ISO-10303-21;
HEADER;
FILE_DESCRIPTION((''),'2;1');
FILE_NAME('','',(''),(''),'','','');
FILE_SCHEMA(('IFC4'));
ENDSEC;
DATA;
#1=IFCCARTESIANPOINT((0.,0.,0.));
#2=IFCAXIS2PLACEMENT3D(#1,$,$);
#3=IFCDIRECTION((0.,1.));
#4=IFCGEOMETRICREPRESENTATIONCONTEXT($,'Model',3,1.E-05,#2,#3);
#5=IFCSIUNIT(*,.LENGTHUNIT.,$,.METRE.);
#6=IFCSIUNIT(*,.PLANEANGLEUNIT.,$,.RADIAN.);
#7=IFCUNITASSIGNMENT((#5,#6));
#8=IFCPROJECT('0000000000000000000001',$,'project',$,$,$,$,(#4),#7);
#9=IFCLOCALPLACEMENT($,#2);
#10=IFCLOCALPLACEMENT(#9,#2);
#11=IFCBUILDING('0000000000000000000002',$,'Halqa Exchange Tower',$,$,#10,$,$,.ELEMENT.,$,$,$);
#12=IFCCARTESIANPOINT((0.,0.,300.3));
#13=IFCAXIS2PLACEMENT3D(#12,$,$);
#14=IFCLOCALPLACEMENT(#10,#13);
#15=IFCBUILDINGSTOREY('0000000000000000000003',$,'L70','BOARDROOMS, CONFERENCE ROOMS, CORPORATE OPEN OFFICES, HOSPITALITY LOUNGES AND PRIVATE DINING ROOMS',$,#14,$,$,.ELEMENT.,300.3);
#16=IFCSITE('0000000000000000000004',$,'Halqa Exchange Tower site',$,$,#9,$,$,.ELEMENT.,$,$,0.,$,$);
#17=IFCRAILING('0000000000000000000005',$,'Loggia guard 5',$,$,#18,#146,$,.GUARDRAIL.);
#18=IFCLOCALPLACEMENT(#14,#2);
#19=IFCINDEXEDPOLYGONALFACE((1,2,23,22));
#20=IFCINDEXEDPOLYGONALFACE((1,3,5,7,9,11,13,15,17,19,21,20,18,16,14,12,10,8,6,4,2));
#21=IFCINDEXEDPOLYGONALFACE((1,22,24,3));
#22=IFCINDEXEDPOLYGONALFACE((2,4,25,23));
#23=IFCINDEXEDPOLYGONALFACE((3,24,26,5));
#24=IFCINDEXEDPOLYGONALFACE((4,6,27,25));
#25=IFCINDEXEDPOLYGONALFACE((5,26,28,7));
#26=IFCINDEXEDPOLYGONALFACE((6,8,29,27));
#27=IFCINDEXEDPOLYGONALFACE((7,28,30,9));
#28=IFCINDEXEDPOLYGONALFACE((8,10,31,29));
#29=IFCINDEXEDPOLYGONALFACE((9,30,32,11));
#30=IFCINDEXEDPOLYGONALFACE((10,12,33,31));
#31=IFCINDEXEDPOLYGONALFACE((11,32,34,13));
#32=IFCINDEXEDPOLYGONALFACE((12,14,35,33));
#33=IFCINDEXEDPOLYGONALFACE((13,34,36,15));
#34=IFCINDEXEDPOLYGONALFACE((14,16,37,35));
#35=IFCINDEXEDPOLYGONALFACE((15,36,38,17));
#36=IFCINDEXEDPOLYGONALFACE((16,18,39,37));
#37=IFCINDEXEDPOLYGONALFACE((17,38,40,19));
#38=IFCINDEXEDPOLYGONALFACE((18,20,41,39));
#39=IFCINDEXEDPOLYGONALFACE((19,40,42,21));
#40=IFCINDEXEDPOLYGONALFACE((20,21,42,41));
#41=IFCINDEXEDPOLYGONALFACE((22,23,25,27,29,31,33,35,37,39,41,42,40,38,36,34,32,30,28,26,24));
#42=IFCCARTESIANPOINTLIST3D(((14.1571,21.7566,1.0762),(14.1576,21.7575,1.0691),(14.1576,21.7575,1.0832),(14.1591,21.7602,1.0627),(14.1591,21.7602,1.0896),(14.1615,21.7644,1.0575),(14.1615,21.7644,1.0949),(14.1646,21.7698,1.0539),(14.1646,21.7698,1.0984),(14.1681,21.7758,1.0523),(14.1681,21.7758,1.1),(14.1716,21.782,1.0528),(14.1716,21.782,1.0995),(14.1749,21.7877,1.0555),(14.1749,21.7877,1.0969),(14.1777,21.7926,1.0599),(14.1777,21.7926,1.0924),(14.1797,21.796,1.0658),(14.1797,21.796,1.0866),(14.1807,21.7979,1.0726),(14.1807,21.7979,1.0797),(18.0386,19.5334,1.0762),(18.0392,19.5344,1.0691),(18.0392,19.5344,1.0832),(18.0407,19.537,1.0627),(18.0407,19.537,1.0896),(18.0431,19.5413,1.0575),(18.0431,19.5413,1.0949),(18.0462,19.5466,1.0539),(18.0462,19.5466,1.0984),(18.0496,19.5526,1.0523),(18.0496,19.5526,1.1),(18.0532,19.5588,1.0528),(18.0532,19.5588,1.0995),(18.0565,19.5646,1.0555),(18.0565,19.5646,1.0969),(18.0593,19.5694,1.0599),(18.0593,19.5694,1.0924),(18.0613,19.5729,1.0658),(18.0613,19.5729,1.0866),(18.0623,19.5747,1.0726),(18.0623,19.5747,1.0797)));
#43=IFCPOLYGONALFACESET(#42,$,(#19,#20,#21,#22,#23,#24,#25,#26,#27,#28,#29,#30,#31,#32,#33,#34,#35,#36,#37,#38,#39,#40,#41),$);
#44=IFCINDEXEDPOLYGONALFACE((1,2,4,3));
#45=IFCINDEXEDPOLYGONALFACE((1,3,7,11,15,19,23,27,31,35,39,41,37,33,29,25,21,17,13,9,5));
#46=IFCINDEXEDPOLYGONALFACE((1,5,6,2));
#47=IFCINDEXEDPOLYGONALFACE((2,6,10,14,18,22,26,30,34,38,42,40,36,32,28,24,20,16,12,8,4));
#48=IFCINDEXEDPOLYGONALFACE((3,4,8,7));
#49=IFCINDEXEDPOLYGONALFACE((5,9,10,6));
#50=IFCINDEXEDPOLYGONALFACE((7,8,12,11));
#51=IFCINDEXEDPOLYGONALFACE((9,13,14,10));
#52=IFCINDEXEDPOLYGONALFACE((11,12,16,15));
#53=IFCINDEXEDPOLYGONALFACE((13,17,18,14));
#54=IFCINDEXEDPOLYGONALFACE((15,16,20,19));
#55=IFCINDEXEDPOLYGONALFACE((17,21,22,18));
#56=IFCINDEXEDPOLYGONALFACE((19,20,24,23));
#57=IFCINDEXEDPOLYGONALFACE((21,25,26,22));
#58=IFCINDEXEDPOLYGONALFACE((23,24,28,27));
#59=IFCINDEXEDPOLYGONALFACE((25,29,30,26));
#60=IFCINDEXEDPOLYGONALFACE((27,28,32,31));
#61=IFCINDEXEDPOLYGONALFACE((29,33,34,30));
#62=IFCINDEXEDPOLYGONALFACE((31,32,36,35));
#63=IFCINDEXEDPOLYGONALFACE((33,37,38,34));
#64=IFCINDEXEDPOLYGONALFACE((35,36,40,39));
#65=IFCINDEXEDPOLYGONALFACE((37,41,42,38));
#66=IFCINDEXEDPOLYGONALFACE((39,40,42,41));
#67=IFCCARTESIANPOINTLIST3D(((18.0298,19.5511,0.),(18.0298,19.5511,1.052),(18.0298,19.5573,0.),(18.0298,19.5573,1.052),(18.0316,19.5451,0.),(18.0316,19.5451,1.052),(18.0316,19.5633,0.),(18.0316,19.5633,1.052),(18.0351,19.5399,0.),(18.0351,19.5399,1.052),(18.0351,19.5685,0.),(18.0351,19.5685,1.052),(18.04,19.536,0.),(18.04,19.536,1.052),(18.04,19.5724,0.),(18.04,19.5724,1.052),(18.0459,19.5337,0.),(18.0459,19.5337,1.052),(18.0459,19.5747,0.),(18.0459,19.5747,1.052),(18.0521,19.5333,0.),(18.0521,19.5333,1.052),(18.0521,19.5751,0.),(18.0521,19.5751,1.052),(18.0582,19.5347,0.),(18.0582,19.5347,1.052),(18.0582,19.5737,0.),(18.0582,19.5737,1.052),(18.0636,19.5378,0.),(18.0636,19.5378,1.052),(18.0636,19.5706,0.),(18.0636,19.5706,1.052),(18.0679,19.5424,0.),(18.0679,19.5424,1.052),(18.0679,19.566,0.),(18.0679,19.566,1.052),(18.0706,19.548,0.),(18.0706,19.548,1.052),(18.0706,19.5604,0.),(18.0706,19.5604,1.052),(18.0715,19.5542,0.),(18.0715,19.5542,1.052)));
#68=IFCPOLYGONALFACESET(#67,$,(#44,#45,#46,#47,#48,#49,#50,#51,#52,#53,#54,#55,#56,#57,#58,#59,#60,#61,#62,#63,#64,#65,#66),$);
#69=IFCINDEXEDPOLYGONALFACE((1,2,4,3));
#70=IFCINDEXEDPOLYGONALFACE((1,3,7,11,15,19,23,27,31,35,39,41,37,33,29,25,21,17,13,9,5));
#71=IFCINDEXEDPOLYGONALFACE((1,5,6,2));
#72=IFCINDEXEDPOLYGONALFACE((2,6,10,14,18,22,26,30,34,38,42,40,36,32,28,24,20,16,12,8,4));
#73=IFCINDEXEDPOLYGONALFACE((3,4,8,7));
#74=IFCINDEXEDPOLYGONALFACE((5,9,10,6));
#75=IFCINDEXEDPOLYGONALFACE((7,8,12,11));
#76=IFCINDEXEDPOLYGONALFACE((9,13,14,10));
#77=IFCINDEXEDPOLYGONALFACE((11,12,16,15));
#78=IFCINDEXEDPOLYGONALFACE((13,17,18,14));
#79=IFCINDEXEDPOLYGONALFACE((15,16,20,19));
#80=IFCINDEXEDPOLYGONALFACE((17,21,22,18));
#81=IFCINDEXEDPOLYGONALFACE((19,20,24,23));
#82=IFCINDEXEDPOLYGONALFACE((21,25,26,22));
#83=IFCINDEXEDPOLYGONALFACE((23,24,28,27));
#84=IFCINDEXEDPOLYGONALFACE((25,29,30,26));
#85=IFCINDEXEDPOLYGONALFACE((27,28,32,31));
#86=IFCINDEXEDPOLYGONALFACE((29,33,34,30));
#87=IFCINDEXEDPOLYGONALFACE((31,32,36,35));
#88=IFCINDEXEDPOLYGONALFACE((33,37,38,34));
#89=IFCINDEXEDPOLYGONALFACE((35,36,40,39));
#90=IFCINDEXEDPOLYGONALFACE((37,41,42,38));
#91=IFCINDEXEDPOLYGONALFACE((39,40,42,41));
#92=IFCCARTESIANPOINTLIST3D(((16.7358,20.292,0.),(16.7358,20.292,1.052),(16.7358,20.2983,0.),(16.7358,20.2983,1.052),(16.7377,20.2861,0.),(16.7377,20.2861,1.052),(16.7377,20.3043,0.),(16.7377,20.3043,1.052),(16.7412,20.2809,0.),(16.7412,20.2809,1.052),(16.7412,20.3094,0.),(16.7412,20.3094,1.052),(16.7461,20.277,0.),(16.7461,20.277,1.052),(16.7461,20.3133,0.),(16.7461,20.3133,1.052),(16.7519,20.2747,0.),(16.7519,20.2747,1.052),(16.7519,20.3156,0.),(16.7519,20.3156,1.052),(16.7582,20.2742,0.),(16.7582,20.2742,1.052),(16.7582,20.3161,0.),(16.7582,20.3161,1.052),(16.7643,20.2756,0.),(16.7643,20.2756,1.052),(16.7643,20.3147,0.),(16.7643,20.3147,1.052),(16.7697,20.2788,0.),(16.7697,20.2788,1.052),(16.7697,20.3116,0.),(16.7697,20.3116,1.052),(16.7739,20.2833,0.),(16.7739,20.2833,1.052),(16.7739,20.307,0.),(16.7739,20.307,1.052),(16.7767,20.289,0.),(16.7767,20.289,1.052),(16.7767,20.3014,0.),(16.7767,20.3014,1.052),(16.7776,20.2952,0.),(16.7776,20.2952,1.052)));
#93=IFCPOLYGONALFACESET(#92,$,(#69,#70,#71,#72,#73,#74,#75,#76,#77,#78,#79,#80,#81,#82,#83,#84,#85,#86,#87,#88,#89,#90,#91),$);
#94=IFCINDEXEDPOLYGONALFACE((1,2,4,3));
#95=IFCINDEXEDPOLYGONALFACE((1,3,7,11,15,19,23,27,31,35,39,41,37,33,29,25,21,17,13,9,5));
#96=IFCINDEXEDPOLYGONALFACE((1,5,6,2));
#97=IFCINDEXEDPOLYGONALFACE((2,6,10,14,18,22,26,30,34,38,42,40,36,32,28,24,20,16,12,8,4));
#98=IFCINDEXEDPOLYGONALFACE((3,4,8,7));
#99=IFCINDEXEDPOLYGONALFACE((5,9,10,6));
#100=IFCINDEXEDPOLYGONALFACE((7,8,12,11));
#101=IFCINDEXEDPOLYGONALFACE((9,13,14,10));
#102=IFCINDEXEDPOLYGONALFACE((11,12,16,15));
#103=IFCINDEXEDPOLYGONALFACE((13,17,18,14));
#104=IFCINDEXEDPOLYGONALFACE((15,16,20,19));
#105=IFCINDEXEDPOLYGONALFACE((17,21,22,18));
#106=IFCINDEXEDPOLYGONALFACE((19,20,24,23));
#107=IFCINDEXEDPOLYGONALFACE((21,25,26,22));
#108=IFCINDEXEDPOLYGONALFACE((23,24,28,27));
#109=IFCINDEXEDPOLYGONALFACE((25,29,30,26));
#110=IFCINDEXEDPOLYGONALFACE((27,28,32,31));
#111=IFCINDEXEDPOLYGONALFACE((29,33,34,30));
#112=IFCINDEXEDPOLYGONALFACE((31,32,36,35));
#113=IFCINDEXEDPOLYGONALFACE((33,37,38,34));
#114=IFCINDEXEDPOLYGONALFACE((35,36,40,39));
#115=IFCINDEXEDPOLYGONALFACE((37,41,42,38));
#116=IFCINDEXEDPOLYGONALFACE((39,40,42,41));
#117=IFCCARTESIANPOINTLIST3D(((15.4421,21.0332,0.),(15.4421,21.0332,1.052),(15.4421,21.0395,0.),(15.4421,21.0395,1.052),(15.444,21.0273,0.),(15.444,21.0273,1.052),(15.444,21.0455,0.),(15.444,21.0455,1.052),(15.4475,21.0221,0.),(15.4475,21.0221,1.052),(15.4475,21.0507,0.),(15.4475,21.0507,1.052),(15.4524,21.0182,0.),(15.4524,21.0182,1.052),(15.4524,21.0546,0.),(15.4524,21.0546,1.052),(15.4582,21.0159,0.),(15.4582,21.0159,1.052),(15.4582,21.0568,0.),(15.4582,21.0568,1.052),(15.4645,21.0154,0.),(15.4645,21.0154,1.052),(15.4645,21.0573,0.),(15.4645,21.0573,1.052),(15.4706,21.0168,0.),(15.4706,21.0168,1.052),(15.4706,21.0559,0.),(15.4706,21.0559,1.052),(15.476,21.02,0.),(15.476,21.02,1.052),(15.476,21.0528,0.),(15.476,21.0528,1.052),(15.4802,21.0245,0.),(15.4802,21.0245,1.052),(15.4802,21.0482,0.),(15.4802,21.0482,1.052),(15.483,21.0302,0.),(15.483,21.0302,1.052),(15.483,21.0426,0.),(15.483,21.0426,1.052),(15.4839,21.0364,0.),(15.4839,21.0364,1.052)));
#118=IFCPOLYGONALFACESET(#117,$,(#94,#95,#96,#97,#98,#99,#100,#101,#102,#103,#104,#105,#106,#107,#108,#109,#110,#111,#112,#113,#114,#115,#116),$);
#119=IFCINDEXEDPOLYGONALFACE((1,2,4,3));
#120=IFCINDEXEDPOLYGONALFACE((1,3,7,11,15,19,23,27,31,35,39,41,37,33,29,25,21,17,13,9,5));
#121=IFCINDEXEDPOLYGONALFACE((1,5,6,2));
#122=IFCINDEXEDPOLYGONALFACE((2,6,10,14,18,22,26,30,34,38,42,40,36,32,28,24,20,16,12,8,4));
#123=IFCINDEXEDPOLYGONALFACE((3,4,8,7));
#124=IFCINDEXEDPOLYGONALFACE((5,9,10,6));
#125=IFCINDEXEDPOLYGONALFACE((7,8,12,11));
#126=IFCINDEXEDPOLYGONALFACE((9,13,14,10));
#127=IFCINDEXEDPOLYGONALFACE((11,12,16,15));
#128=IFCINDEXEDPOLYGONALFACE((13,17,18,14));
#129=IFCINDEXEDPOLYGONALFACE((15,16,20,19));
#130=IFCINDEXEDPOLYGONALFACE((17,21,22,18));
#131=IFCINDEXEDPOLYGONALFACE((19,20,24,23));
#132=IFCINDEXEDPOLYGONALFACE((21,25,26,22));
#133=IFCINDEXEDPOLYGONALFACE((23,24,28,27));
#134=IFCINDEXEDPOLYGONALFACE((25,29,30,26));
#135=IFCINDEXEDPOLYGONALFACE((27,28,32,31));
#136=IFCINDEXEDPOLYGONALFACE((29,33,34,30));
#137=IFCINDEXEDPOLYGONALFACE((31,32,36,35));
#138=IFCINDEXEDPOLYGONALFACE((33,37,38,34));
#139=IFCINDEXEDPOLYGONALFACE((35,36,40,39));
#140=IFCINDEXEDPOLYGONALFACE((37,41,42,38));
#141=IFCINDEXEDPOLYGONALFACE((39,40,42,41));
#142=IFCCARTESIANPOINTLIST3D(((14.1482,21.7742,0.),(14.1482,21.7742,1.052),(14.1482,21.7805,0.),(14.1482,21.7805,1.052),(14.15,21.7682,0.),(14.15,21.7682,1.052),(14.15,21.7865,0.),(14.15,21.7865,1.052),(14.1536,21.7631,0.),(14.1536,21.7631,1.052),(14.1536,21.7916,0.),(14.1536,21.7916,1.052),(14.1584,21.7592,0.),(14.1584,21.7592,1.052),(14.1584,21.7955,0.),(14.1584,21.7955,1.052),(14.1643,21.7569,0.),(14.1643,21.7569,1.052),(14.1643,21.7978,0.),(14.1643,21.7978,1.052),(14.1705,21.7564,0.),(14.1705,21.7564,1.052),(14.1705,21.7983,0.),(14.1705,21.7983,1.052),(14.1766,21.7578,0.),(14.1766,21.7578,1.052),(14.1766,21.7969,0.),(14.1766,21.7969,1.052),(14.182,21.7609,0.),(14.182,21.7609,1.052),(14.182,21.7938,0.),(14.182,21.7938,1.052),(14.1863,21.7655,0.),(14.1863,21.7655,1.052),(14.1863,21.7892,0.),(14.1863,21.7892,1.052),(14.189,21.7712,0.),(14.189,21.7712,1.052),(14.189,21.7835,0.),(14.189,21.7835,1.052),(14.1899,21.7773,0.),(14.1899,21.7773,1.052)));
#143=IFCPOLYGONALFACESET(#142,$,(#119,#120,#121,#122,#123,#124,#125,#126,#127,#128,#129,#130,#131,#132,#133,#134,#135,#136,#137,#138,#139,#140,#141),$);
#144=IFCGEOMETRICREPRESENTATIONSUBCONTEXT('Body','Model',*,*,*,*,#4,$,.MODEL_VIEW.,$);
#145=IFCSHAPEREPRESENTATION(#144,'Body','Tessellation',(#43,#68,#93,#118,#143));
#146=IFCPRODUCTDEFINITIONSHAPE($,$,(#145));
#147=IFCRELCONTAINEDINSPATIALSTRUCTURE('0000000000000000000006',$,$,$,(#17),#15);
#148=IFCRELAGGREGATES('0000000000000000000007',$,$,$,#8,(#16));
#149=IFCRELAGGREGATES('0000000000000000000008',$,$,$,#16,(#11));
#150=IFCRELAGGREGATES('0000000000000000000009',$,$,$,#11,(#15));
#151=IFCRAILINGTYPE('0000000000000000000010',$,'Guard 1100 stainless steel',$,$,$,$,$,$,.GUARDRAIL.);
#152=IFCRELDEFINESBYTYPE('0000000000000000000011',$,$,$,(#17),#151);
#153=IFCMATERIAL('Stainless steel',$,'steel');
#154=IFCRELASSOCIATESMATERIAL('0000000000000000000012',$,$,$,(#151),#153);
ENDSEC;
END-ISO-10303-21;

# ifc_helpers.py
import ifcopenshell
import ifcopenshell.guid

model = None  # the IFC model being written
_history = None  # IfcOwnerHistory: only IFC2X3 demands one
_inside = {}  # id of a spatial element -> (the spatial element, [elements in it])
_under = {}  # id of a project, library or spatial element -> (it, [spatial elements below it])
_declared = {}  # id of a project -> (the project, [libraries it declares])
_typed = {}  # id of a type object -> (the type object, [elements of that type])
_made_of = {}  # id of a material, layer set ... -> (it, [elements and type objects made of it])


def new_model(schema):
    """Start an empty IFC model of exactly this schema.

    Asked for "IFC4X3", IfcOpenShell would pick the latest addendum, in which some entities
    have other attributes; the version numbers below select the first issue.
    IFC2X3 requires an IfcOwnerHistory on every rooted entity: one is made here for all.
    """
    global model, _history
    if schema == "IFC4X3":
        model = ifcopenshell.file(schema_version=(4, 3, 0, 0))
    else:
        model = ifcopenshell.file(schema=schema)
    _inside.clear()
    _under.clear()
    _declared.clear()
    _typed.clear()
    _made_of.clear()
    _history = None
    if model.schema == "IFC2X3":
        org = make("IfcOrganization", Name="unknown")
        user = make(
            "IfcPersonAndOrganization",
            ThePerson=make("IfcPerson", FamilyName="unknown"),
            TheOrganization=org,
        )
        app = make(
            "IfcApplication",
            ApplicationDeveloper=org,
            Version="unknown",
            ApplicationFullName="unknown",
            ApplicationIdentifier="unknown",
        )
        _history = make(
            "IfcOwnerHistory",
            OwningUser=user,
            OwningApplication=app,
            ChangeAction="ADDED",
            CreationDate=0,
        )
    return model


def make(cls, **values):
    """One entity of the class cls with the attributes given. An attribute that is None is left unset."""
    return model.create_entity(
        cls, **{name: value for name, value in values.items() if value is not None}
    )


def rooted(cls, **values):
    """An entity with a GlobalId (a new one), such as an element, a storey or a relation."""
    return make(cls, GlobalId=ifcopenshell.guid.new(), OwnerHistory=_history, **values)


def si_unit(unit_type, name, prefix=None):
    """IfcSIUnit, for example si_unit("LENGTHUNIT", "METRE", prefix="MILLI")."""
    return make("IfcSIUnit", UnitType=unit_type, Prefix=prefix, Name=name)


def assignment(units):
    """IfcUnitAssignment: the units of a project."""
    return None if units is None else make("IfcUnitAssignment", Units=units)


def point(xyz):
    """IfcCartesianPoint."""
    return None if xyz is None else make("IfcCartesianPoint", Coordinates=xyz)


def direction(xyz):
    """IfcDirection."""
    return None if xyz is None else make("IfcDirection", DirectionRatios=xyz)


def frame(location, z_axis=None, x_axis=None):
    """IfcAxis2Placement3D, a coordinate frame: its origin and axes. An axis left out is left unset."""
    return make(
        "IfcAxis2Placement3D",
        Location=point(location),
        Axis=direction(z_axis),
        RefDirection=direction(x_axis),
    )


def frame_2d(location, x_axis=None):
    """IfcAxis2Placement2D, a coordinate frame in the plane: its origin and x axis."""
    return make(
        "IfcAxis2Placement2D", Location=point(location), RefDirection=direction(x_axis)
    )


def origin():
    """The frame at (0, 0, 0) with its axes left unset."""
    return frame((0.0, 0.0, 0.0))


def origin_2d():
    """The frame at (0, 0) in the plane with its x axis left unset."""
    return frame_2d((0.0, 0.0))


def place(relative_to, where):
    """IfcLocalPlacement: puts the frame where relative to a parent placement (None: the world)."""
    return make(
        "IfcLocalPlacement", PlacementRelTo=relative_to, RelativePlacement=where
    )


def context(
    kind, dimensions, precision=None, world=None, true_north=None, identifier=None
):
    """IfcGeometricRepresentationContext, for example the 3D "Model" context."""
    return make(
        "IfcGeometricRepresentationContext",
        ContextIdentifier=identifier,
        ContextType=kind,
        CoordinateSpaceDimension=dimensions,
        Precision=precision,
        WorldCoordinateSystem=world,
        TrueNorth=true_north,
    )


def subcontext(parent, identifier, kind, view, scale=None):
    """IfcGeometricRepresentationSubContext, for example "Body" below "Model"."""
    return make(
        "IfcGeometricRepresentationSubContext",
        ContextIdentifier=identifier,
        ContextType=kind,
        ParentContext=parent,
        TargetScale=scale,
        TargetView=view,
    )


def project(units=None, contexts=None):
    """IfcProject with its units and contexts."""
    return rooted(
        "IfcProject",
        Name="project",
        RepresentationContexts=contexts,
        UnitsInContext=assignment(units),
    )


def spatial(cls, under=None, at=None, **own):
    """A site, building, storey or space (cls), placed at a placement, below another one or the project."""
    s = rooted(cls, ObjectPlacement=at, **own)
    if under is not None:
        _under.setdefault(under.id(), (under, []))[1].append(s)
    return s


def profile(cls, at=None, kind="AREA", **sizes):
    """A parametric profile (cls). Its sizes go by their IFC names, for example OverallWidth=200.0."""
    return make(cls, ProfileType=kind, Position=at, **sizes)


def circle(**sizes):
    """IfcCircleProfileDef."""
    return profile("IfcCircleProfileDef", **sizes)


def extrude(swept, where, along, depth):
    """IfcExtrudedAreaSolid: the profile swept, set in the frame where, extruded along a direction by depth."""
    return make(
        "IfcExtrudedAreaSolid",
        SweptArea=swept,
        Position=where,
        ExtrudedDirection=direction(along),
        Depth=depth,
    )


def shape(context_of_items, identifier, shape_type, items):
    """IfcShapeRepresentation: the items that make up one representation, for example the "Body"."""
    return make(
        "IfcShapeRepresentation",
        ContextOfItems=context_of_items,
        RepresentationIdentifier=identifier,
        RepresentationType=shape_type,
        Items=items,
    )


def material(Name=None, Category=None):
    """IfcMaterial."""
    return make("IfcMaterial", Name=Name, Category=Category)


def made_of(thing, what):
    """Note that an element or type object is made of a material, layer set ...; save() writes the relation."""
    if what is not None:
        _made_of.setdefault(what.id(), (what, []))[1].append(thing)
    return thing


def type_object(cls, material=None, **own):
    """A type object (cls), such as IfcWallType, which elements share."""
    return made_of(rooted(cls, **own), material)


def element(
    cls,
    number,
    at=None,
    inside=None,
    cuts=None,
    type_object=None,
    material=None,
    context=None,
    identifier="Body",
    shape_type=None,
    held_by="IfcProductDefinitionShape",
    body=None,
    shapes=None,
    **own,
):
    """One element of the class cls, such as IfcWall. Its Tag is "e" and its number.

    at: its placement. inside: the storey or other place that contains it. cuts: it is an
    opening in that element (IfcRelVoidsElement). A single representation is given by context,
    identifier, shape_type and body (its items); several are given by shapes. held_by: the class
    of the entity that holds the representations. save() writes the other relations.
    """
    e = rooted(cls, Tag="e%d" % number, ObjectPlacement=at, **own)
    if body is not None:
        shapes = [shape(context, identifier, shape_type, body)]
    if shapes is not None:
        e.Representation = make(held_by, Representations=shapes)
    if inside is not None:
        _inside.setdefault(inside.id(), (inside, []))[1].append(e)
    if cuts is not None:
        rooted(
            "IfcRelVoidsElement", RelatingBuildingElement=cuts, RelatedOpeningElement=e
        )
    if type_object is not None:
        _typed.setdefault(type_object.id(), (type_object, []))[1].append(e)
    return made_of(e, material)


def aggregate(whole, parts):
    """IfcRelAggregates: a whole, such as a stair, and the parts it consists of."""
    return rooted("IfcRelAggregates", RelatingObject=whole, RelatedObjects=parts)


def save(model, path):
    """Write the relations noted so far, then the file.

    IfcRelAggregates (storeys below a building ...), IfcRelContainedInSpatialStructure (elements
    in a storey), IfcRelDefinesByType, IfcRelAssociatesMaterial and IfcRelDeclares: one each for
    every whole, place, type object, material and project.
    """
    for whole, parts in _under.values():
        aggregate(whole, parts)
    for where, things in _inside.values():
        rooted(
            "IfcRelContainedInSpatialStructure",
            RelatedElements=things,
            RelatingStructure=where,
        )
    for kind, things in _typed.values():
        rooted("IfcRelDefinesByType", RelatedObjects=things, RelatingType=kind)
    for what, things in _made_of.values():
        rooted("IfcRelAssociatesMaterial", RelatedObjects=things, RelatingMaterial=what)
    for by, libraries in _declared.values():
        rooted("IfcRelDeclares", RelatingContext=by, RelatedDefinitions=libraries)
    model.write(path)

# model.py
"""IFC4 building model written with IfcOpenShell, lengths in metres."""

from ifc_helpers import new_model, si_unit, direction, frame, origin, origin_2d, place, context, subcontext, project, spatial, circle, extrude, material, type_object, element, save


model = new_model("IFC4")

# Units and contexts
model_context = context("Model", 3, precision=1e-05, world=origin(), true_north=direction((0.0, 1.0)))
body_context = subcontext(model_context, "Body", "Model", "MODEL_VIEW")
ifc_project = project(units=[si_unit("LENGTHUNIT", "METRE"), si_unit("PLANEANGLEUNIT", "RADIAN")], contexts=[model_context])

# Site, building, storey
site_placement = place(None, origin())
site = spatial("IfcSite", under=ifc_project, at=site_placement, Name="Halqa Exchange Tower site", CompositionType="ELEMENT", RefElevation=0.0)
building_placement = place(site_placement, origin())
building = spatial("IfcBuilding", under=site, at=building_placement, Name="Halqa Exchange Tower", CompositionType="ELEMENT")
storey_placement = place(building_placement, frame((0.0, 0.0, 300.3)))
storey = spatial("IfcBuildingStorey", under=building, at=storey_placement, Name="L70", Description="BOARDROOMS, CONFERENCE ROOMS, CORPORATE OPEN OFFICES, HOSPITALITY LOUNGES AND PRIVATE DINING ROOMS", CompositionType="ELEMENT", Elevation=300.3)

# Railing
ifc_material_1 = material(Name="Stainless steel", Category="steel")
railing_type = type_object("IfcRailingType", Name="Guard 1100 stainless steel", PredefinedType="GUARDRAIL", material=ifc_material_1)
railing_1_placement = place(storey_placement, frame((18.0505, 19.5542, 0.0)))
element("IfcRailing", 1, at=railing_1_placement, inside=storey, type_object=railing_type, Name="Loggia guard 5", PredefinedType="GUARDRAIL", context=body_context, shape_type="SweptSolid", body=[
    extrude(circle(Radius=0.0239, at=origin_2d()), frame((0.0, 0.0, 1.0762), z_axis=(-0.867752, 0.496997, 0.0), x_axis=(-0.496997, -0.867752, 0.0)), (0.0, 0.0, 1.0), 4.4731),
    extrude(circle(Radius=0.021, at=origin_2d()), origin(), (0.0, 0.0, 1.0), 1.052),
    extrude(circle(Radius=0.021, at=origin_2d()), frame((-1.2939, 0.741, 0.0)), (0.0, 0.0, 1.0), 1.052),
    extrude(circle(Radius=0.021, at=origin_2d()), frame((-2.5876, 1.4822, 0.0)), (0.0, 0.0, 1.0), 1.052),
    extrude(circle(Radius=0.021, at=origin_2d()), frame((-3.8816, 2.2231, 0.0)), (0.0, 0.0, 1.0), 1.052),
])

save(model, "model.ifc")
